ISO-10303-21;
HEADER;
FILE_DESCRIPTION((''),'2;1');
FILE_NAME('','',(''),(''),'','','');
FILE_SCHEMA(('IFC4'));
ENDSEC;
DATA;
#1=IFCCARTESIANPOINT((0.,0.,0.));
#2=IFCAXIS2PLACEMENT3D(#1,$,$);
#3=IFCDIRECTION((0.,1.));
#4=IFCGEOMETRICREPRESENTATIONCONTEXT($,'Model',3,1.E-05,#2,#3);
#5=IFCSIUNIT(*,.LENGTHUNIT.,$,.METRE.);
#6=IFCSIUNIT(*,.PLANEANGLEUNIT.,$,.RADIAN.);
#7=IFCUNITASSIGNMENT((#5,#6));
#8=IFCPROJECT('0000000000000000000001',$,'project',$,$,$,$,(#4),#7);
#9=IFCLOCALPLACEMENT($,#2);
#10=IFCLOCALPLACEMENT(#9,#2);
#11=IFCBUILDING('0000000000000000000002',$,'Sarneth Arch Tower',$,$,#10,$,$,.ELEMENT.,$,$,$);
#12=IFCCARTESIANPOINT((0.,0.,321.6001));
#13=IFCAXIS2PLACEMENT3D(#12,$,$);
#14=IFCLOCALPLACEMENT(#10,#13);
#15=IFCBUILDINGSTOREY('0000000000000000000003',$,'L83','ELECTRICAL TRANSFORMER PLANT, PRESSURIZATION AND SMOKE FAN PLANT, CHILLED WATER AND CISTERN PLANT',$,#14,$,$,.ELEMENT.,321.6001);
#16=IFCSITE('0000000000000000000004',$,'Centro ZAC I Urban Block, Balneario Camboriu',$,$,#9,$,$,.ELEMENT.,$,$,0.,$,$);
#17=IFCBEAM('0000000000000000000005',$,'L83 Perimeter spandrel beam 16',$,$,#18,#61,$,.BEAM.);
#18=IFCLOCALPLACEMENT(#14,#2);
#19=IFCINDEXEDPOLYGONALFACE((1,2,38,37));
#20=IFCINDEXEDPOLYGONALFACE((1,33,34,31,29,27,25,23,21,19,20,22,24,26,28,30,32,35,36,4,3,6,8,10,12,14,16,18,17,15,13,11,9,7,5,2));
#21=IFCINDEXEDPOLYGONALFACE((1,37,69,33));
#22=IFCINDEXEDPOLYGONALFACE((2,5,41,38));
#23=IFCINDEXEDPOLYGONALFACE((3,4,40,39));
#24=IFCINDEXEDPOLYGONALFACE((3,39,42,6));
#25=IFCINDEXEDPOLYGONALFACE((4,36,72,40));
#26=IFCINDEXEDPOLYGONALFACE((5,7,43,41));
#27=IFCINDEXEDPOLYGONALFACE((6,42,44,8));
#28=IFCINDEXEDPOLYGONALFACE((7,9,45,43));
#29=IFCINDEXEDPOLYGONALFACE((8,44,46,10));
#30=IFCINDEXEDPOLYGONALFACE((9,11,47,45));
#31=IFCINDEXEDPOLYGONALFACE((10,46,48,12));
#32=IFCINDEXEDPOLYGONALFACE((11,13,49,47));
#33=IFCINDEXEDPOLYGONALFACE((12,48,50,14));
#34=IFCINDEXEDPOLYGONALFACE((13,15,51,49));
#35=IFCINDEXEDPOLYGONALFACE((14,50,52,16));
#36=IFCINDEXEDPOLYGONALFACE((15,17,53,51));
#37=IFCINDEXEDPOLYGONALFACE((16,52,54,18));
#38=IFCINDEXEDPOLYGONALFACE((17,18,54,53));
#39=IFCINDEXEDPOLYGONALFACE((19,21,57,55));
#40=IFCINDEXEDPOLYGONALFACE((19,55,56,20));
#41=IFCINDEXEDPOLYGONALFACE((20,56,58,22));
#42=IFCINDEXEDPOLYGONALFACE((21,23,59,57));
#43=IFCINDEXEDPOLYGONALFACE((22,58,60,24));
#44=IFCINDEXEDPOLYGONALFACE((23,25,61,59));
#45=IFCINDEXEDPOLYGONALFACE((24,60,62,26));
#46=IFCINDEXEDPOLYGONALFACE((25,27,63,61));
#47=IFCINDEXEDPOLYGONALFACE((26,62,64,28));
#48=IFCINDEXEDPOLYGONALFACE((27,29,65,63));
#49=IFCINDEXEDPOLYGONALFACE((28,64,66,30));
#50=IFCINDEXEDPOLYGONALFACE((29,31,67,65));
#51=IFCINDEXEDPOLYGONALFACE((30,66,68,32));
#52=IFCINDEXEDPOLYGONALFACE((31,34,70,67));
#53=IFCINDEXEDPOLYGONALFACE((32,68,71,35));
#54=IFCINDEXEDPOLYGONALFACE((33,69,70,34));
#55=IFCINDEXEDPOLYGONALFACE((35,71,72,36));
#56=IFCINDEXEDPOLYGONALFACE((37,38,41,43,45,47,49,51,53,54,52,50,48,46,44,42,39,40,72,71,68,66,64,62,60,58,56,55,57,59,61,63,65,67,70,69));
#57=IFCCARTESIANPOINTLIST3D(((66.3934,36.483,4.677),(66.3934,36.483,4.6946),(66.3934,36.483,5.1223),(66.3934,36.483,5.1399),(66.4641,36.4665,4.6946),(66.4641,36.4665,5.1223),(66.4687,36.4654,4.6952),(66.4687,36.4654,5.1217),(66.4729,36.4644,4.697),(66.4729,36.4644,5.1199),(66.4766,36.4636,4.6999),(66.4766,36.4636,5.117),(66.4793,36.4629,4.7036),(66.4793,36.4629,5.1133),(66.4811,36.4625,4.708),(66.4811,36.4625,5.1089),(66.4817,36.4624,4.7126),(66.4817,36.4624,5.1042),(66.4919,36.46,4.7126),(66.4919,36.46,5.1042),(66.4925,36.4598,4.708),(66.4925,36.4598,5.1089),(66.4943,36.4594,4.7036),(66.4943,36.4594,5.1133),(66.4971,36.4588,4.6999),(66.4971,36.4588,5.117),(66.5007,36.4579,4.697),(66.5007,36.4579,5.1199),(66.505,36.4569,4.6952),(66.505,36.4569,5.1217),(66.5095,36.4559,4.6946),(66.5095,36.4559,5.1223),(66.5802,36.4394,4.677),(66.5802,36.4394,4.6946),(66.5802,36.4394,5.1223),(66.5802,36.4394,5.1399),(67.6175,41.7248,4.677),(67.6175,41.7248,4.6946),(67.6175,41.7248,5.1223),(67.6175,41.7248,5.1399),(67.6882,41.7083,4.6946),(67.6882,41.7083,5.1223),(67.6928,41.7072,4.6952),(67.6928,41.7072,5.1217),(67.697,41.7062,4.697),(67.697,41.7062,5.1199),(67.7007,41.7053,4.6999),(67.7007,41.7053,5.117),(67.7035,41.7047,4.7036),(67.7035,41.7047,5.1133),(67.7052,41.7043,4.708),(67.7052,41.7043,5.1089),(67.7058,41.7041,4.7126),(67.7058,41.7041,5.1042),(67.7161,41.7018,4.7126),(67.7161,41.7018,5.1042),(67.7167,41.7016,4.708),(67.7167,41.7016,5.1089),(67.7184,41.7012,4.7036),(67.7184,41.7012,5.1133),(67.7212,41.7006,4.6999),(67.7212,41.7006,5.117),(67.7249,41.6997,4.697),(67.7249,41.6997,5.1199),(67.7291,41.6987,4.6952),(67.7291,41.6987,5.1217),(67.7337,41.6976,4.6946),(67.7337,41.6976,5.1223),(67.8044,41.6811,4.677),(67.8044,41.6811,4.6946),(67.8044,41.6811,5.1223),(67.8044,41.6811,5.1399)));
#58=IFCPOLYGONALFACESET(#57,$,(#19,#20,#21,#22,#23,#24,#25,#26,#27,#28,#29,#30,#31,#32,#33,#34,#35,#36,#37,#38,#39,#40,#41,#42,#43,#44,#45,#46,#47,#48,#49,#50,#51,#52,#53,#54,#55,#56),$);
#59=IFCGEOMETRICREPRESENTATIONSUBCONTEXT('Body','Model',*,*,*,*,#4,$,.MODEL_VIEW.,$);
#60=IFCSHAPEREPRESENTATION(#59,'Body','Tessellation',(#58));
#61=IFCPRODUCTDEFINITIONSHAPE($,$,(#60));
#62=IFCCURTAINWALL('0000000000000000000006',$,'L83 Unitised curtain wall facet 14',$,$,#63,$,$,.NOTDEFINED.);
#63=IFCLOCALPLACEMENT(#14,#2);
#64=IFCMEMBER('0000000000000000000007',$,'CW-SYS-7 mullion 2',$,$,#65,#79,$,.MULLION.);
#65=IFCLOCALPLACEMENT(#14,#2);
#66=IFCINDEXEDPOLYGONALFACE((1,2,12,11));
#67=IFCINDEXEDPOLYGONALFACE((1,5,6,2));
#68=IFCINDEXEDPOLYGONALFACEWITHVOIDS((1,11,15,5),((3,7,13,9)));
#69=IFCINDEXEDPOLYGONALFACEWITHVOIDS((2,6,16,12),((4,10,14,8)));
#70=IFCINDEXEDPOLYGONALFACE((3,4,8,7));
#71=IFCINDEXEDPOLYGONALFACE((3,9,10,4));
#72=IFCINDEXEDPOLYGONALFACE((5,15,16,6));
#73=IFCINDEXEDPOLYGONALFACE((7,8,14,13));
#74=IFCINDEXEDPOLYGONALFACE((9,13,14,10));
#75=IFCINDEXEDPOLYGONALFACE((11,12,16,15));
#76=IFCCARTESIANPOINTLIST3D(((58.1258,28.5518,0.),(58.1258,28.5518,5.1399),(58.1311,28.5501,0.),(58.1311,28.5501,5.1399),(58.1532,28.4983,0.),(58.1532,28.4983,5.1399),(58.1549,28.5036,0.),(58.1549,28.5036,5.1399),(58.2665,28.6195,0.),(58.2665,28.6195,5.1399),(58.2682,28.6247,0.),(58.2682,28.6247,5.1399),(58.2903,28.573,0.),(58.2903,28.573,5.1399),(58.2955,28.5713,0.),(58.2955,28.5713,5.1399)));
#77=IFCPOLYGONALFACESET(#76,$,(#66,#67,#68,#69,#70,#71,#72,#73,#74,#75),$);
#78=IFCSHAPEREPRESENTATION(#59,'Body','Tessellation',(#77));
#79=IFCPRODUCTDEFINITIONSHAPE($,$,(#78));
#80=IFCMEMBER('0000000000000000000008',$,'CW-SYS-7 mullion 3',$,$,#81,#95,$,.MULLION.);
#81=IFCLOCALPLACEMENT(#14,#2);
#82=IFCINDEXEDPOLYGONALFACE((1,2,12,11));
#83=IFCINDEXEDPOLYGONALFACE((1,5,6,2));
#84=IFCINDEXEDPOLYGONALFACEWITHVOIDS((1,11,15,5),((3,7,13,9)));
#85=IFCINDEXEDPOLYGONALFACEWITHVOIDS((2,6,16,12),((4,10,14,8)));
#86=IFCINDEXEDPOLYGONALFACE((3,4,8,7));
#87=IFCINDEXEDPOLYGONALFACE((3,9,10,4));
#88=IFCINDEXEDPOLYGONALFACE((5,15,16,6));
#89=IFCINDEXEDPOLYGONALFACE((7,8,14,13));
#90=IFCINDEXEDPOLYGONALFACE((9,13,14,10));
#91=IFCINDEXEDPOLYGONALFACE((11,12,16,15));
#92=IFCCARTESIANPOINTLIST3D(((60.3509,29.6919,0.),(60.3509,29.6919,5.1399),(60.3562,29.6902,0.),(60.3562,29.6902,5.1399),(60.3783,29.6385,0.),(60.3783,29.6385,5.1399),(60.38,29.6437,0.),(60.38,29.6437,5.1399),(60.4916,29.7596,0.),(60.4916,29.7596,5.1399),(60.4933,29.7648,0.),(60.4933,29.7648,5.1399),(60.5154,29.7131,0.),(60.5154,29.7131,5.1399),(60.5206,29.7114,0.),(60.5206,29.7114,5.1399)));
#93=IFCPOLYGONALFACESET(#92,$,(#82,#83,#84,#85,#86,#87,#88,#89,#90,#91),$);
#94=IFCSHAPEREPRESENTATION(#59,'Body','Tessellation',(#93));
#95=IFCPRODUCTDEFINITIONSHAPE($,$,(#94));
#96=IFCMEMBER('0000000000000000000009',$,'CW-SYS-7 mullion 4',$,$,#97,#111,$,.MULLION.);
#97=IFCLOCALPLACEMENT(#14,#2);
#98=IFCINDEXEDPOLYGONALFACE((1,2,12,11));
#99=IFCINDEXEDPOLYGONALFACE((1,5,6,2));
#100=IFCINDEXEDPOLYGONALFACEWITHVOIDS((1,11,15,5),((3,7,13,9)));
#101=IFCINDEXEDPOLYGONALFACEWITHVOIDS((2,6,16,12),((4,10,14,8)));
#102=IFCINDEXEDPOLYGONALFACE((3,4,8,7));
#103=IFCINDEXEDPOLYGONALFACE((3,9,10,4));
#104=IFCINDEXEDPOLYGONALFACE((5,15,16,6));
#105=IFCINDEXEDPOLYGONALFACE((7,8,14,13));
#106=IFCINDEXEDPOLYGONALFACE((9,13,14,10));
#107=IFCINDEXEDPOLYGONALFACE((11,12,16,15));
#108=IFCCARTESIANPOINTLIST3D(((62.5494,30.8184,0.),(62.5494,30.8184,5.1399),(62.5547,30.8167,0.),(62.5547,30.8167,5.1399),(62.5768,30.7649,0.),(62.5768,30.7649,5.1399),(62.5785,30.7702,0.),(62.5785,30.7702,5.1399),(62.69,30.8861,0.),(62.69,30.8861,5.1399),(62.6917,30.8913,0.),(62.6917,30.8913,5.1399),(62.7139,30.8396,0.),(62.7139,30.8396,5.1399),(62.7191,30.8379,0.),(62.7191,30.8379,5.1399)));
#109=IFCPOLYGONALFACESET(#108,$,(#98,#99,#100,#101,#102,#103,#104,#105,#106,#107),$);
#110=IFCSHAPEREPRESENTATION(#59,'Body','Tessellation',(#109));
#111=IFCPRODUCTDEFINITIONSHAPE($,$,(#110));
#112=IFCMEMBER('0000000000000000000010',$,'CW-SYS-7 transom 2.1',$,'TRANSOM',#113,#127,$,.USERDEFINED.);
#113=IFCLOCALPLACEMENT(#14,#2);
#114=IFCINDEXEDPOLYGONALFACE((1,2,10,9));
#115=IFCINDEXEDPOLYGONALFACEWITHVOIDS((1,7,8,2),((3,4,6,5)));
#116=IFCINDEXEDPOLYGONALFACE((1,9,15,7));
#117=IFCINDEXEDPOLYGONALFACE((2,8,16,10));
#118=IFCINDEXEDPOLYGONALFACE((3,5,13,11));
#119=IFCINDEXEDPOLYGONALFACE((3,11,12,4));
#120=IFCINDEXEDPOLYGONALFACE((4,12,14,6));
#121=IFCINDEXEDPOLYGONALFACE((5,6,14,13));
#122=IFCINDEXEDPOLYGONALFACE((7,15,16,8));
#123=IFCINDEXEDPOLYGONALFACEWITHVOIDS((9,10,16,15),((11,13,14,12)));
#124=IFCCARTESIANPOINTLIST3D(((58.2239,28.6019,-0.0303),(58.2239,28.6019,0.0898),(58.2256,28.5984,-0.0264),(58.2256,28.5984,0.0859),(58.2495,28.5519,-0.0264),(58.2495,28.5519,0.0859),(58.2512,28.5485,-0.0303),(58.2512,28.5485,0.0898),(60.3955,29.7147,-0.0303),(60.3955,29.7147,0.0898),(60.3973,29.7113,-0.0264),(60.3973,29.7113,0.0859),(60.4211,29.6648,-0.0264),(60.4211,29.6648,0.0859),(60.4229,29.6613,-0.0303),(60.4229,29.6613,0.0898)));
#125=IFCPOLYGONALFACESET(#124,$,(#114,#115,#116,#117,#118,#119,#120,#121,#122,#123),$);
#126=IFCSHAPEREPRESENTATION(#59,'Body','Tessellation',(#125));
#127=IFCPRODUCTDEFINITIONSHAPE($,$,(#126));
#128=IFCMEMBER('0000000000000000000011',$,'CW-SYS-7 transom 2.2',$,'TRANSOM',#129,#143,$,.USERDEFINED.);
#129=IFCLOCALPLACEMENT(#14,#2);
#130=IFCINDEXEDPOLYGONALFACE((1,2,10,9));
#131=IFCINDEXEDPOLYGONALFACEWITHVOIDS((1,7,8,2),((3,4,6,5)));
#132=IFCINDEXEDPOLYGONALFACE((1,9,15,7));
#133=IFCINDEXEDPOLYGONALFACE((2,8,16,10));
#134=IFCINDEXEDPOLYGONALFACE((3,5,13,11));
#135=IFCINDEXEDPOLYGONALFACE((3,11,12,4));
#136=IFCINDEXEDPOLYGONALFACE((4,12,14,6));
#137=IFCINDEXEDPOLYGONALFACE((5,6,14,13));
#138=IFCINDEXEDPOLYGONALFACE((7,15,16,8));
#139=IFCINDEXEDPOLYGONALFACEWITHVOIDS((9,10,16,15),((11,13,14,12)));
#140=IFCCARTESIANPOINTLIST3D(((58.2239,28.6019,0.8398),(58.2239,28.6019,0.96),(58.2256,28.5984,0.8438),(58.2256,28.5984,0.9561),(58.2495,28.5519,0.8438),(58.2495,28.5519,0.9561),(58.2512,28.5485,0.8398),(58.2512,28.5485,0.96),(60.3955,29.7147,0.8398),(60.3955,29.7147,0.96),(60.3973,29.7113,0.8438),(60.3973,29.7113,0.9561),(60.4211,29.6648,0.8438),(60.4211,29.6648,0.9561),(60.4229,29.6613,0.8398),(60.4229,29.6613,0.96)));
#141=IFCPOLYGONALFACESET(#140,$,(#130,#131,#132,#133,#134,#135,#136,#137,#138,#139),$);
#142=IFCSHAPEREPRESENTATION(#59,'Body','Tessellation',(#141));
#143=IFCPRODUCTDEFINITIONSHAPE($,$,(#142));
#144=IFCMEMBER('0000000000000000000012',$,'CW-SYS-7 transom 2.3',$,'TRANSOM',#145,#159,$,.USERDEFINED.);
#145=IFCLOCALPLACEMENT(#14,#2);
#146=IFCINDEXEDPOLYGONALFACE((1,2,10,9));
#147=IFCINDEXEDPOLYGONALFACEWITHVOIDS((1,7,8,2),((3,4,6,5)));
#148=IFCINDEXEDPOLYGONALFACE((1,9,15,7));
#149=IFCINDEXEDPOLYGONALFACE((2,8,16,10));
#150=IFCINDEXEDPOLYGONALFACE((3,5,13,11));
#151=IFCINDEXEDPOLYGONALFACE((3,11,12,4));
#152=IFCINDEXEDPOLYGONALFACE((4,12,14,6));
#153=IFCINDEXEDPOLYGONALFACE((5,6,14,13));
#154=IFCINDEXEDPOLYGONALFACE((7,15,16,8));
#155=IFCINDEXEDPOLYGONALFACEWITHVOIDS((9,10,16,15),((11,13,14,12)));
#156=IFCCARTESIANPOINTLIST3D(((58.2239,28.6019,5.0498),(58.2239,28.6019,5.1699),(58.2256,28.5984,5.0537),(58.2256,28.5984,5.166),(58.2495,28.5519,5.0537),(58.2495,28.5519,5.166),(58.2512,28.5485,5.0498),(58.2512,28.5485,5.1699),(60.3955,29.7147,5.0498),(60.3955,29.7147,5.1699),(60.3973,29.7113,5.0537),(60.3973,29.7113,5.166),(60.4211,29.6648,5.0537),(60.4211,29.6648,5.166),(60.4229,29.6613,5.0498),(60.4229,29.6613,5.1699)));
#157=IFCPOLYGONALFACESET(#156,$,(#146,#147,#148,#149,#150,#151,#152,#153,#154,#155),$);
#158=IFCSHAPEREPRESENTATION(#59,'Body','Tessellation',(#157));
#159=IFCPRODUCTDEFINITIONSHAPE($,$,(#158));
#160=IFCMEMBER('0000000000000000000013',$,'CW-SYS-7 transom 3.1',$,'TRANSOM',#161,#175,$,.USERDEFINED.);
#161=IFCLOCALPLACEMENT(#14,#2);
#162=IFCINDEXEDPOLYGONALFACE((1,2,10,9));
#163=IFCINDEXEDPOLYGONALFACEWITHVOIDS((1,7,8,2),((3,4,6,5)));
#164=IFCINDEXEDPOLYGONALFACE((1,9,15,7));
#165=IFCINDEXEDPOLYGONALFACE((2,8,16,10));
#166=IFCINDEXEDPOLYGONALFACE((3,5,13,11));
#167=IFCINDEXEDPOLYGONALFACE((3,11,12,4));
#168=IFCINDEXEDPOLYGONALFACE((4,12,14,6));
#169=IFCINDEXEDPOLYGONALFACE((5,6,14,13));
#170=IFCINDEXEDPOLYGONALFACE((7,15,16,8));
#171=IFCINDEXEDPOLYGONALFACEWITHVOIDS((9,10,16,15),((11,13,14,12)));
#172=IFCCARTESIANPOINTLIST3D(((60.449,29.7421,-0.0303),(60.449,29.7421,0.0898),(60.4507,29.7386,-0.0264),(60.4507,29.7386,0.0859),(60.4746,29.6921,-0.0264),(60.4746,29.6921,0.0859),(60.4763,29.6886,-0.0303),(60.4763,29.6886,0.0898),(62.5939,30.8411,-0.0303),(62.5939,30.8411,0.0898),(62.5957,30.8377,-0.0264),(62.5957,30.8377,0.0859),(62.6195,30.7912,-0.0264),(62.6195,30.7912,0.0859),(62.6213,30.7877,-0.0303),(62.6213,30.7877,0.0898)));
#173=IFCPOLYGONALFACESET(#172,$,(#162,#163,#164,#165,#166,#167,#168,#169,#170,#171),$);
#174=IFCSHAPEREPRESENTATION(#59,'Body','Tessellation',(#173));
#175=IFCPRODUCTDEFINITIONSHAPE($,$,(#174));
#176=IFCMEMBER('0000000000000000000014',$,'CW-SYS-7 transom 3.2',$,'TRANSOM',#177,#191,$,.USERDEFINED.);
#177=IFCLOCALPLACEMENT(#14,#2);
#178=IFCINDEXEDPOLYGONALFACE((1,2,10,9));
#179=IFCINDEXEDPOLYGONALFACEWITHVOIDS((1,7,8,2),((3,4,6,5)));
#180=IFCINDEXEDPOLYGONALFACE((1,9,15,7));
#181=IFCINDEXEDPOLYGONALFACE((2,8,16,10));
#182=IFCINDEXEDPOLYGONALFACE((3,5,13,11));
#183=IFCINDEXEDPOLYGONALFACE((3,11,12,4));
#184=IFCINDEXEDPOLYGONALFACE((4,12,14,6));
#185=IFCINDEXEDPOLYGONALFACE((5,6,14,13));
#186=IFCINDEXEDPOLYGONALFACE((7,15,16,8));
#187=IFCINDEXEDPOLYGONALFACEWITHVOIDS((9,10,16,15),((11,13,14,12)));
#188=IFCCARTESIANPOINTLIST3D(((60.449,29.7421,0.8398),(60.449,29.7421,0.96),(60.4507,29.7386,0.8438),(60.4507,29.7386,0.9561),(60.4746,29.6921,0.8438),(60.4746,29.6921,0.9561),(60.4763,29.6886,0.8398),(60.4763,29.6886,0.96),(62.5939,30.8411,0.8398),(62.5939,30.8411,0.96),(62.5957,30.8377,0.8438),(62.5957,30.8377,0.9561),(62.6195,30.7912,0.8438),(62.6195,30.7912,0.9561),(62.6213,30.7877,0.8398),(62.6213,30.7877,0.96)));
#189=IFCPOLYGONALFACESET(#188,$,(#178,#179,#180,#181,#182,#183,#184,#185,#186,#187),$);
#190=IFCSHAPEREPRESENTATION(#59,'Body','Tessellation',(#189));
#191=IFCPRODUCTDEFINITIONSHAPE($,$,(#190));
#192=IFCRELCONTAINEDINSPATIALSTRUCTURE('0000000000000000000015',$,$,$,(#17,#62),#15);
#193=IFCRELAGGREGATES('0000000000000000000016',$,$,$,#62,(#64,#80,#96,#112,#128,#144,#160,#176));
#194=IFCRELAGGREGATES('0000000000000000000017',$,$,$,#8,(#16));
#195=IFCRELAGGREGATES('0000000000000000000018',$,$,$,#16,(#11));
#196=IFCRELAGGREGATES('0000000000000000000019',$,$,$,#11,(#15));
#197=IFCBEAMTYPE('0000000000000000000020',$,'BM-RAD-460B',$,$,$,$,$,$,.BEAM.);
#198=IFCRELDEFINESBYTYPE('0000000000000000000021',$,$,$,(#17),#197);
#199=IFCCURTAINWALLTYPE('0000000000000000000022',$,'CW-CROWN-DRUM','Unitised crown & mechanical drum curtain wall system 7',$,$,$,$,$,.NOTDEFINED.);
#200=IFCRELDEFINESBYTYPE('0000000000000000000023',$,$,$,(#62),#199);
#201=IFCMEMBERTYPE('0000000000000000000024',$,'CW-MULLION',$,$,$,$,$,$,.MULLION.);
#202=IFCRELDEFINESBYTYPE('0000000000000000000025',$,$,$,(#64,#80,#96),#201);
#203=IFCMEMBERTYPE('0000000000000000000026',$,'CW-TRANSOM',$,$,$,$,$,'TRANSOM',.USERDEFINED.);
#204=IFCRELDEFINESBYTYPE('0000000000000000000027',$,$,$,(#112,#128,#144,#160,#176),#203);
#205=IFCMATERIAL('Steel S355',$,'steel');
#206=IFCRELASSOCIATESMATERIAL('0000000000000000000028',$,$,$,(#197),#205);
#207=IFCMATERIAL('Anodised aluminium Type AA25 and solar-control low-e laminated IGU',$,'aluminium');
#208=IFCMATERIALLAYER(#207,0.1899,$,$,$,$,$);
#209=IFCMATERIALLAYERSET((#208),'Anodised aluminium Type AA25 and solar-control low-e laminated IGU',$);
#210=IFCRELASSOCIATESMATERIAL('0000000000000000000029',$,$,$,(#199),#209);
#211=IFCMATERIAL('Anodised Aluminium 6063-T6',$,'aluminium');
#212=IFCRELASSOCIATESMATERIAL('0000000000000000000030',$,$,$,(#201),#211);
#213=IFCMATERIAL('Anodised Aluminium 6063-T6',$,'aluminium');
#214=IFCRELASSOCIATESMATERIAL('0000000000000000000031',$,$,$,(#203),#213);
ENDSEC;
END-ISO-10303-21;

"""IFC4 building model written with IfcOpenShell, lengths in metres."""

from ifc_helpers import new_model, si_unit, direction, frame, origin, origin_2d, place, context, subcontext, project, spatial, hollow_rectangle, i_section, extrude, material, layer, layer_set, material_profile, profile_set, type_object, element, aggregate, save


model = new_model("IFC4")

# Units and contexts
model_context = context("Model", 3, precision=1e-05, world=origin(), true_north=direction((0.0, 1.0)))
body_context = subcontext(model_context, "Body", "Model", "MODEL_VIEW")
ifc_project = project(units=[si_unit("LENGTHUNIT", "METRE"), si_unit("PLANEANGLEUNIT", "RADIAN")], contexts=[model_context])

# Site, building, storey
site_placement = place(None, origin())
site = spatial("IfcSite", under=ifc_project, at=site_placement, Name="Centro ZAC I Urban Block, Balneario Camboriu", CompositionType="ELEMENT", RefElevation=0.0)
building_placement = place(site_placement, origin())
building = spatial("IfcBuilding", under=site, at=building_placement, Name="Sarneth Arch Tower", CompositionType="ELEMENT")
storey_placement = place(building_placement, frame((0.0, 0.0, 321.6001)))
storey = spatial("IfcBuildingStorey", under=building, at=storey_placement, Name="L83", Description="ELECTRICAL TRANSFORMER PLANT, PRESSURIZATION AND SMOKE FAN PLANT, CHILLED WATER AND CISTERN PLANT", CompositionType="ELEMENT", Elevation=321.6001)

# Beam
ifc_material_1 = material(Name="Steel S355", Category="steel")
ifc_material_profile_1 = material_profile(ifc_material_1, i_section(OverallWidth=0.1919, OverallDepth=0.4629, WebThickness=0.0105, FlangeThickness=0.0176, FilletRadius=0.0181, at=origin_2d()), Name="W460x89")
ifc_profile_set_1 = profile_set([ifc_material_profile_1], Name="Steel S355")
beam_type_1 = type_object("IfcBeamType", Name="BM-RAD-460B", PredefinedType="BEAM", material=ifc_profile_set_1)
beam_1_placement = place(storey_placement, frame((66.4868, 36.4612, 4.9084), z_axis=(0.227416, 0.973798, 0.0), x_axis=(-0.973798, 0.227416, 0.0)))
element("IfcBeam", 1, at=beam_1_placement, inside=storey, type_object=beam_type_1, Name="L83 Perimeter spandrel beam 16", PredefinedType="BEAM", context=body_context, shape_type="SweptSolid", body=[
    extrude(i_section(OverallWidth=0.1919, OverallDepth=0.4629, WebThickness=0.0105, FlangeThickness=0.0176, FilletRadius=0.0181, at=origin_2d()), origin(), (0.0, 0.0, 1.0), 5.3828),
])

# Curtain wall, members
ifc_material_2 = material(Name="Anodised aluminium Type AA25 and solar-control low-e laminated IGU", Category="aluminium")
ifc_layer_1 = layer(ifc_material_2, 0.1899)
ifc_layer_set_1 = layer_set([ifc_layer_1], Name="Anodised aluminium Type AA25 and solar-control low-e laminated IGU")
curtain_wall_type = type_object("IfcCurtainWallType", Name="CW-CROWN-DRUM", Description="Unitised crown & mechanical drum curtain wall system 7", PredefinedType="NOTDEFINED", material=ifc_layer_set_1)
curtain_wall_placement = place(storey_placement, origin())
curtain_wall = element("IfcCurtainWall", 2, at=curtain_wall_placement, inside=storey, type_object=curtain_wall_type, Name="L83 Unitised curtain wall facet 14", PredefinedType="NOTDEFINED")
ifc_material_3 = material(Name="Anodised Aluminium 6063-T6", Category="aluminium")
ifc_material_profile_2 = material_profile(ifc_material_3, hollow_rectangle(XDim=0.0601, YDim=0.1599, WallThickness=0.0039, at=origin_2d()), Name="AL-MULL-160x60x4")
ifc_profile_set_2 = profile_set([ifc_material_profile_2], Name="Anodised Aluminium 6063-T6")
member_type_1 = type_object("IfcMemberType", Name="CW-MULLION", PredefinedType="MULLION", material=ifc_profile_set_2)
member_1_placement = place(storey_placement, frame((58.2107, 28.5615, 0.0), z_axis=(0.0, 0.0, 1.0), x_axis=(-0.45604, 0.889959, 0.0)))
member_1 = element("IfcMember", 3, at=member_1_placement, type_object=member_type_1, Name="CW-SYS-7 mullion 2", PredefinedType="MULLION", context=body_context, shape_type="SweptSolid", body=[
    extrude(hollow_rectangle(XDim=0.0601, YDim=0.1599, WallThickness=0.0039, at=origin_2d()), origin(), (0.0, 0.0, 1.0), 5.1399),
])
member_2_placement = place(storey_placement, frame((60.4358, 29.7017, 0.0), z_axis=(0.0, 0.0, 1.0), x_axis=(-0.45604, 0.889959, 0.0)))
member_2 = element("IfcMember", 4, at=member_2_placement, type_object=member_type_1, Name="CW-SYS-7 mullion 3", PredefinedType="MULLION", context=body_context, shape_type="SweptSolid", body=[
    extrude(hollow_rectangle(XDim=0.0601, YDim=0.1599, WallThickness=0.0039, at=origin_2d()), origin(), (0.0, 0.0, 1.0), 5.1399),
])
member_3_placement = place(storey_placement, frame((62.6343, 30.8281, 0.0), z_axis=(0.0, 0.0, 1.0), x_axis=(-0.45604, 0.889959, 0.0)))
member_3 = element("IfcMember", 5, at=member_3_placement, type_object=member_type_1, Name="CW-SYS-7 mullion 4", PredefinedType="MULLION", context=body_context, shape_type="SweptSolid", body=[
    extrude(hollow_rectangle(XDim=0.0601, YDim=0.1599, WallThickness=0.0039, at=origin_2d()), origin(), (0.0, 0.0, 1.0), 5.1399),
])
ifc_material_4 = material(Name="Anodised Aluminium 6063-T6", Category="aluminium")
ifc_material_profile_3 = material_profile(ifc_material_4, hollow_rectangle(XDim=0.0601, YDim=0.1201, WallThickness=0.0039, at=origin_2d()), Name="AL-TRAN-120x60x4")
ifc_profile_set_3 = profile_set([ifc_material_profile_3], Name="Anodised Aluminium 6063-T6")
member_type_2 = type_object("IfcMemberType", Name="CW-TRANSOM", ElementType="TRANSOM", PredefinedType="USERDEFINED", material=ifc_profile_set_3)
member_4_placement = place(storey_placement, frame((58.2375, 28.5752, 0.0298), z_axis=(0.889961, 0.456036, 0.0), x_axis=(-0.456036, 0.889961, 0.0)))
member_4 = element("IfcMember", 6, at=member_4_placement, type_object=member_type_2, Name="CW-SYS-7 transom 2.1", ObjectType="TRANSOM", PredefinedType="USERDEFINED", context=body_context, shape_type="SweptSolid", body=[
    extrude(hollow_rectangle(XDim=0.0601, YDim=0.1201, WallThickness=0.0039, at=origin_2d()), origin(), (0.0, 0.0, 1.0), 2.4402),
])
member_5_placement = place(storey_placement, frame((58.2375, 28.5752, 0.8999), z_axis=(0.889961, 0.456036, 0.0), x_axis=(-0.456036, 0.889961, 0.0)))
member_5 = element("IfcMember", 7, at=member_5_placement, type_object=member_type_2, Name="CW-SYS-7 transom 2.2", ObjectType="TRANSOM", PredefinedType="USERDEFINED", context=body_context, shape_type="SweptSolid", body=[
    extrude(hollow_rectangle(XDim=0.0601, YDim=0.1201, WallThickness=0.0039, at=origin_2d()), origin(), (0.0, 0.0, 1.0), 2.4402),
])
member_6_placement = place(storey_placement, frame((58.2375, 28.5752, 5.1099), z_axis=(0.889961, 0.456036, 0.0), x_axis=(-0.456036, 0.889961, 0.0)))
member_6 = element("IfcMember", 8, at=member_6_placement, type_object=member_type_2, Name="CW-SYS-7 transom 2.3", ObjectType="TRANSOM", PredefinedType="USERDEFINED", context=body_context, shape_type="SweptSolid", body=[
    extrude(hollow_rectangle(XDim=0.0601, YDim=0.1201, WallThickness=0.0039, at=origin_2d()), origin(), (0.0, 0.0, 1.0), 2.4402),
])
member_7_placement = place(storey_placement, frame((60.4626, 29.7153, 0.0298), z_axis=(0.889967, 0.456025, 0.0), x_axis=(-0.456025, 0.889967, 0.0)))
member_7 = element("IfcMember", 9, at=member_7_placement, type_object=member_type_2, Name="CW-SYS-7 transom 3.1", ObjectType="TRANSOM", PredefinedType="USERDEFINED", context=body_context, shape_type="SweptSolid", body=[
    extrude(hollow_rectangle(XDim=0.0601, YDim=0.1201, WallThickness=0.0039, at=origin_2d()), origin(), (0.0, 0.0, 1.0), 2.4102),
])
member_8_placement = place(storey_placement, frame((60.4626, 29.7153, 0.8999), z_axis=(0.889967, 0.456025, 0.0), x_axis=(-0.456025, 0.889967, 0.0)))
member_8 = element("IfcMember", 10, at=member_8_placement, type_object=member_type_2, Name="CW-SYS-7 transom 3.2", ObjectType="TRANSOM", PredefinedType="USERDEFINED", context=body_context, shape_type="SweptSolid", body=[
    extrude(hollow_rectangle(XDim=0.0601, YDim=0.1201, WallThickness=0.0039, at=origin_2d()), origin(), (0.0, 0.0, 1.0), 2.4102),
])

aggregate(curtain_wall, [member_1, member_2, member_3, member_4, member_5, member_6, member_7, member_8])

save(model, "model.ifc")
